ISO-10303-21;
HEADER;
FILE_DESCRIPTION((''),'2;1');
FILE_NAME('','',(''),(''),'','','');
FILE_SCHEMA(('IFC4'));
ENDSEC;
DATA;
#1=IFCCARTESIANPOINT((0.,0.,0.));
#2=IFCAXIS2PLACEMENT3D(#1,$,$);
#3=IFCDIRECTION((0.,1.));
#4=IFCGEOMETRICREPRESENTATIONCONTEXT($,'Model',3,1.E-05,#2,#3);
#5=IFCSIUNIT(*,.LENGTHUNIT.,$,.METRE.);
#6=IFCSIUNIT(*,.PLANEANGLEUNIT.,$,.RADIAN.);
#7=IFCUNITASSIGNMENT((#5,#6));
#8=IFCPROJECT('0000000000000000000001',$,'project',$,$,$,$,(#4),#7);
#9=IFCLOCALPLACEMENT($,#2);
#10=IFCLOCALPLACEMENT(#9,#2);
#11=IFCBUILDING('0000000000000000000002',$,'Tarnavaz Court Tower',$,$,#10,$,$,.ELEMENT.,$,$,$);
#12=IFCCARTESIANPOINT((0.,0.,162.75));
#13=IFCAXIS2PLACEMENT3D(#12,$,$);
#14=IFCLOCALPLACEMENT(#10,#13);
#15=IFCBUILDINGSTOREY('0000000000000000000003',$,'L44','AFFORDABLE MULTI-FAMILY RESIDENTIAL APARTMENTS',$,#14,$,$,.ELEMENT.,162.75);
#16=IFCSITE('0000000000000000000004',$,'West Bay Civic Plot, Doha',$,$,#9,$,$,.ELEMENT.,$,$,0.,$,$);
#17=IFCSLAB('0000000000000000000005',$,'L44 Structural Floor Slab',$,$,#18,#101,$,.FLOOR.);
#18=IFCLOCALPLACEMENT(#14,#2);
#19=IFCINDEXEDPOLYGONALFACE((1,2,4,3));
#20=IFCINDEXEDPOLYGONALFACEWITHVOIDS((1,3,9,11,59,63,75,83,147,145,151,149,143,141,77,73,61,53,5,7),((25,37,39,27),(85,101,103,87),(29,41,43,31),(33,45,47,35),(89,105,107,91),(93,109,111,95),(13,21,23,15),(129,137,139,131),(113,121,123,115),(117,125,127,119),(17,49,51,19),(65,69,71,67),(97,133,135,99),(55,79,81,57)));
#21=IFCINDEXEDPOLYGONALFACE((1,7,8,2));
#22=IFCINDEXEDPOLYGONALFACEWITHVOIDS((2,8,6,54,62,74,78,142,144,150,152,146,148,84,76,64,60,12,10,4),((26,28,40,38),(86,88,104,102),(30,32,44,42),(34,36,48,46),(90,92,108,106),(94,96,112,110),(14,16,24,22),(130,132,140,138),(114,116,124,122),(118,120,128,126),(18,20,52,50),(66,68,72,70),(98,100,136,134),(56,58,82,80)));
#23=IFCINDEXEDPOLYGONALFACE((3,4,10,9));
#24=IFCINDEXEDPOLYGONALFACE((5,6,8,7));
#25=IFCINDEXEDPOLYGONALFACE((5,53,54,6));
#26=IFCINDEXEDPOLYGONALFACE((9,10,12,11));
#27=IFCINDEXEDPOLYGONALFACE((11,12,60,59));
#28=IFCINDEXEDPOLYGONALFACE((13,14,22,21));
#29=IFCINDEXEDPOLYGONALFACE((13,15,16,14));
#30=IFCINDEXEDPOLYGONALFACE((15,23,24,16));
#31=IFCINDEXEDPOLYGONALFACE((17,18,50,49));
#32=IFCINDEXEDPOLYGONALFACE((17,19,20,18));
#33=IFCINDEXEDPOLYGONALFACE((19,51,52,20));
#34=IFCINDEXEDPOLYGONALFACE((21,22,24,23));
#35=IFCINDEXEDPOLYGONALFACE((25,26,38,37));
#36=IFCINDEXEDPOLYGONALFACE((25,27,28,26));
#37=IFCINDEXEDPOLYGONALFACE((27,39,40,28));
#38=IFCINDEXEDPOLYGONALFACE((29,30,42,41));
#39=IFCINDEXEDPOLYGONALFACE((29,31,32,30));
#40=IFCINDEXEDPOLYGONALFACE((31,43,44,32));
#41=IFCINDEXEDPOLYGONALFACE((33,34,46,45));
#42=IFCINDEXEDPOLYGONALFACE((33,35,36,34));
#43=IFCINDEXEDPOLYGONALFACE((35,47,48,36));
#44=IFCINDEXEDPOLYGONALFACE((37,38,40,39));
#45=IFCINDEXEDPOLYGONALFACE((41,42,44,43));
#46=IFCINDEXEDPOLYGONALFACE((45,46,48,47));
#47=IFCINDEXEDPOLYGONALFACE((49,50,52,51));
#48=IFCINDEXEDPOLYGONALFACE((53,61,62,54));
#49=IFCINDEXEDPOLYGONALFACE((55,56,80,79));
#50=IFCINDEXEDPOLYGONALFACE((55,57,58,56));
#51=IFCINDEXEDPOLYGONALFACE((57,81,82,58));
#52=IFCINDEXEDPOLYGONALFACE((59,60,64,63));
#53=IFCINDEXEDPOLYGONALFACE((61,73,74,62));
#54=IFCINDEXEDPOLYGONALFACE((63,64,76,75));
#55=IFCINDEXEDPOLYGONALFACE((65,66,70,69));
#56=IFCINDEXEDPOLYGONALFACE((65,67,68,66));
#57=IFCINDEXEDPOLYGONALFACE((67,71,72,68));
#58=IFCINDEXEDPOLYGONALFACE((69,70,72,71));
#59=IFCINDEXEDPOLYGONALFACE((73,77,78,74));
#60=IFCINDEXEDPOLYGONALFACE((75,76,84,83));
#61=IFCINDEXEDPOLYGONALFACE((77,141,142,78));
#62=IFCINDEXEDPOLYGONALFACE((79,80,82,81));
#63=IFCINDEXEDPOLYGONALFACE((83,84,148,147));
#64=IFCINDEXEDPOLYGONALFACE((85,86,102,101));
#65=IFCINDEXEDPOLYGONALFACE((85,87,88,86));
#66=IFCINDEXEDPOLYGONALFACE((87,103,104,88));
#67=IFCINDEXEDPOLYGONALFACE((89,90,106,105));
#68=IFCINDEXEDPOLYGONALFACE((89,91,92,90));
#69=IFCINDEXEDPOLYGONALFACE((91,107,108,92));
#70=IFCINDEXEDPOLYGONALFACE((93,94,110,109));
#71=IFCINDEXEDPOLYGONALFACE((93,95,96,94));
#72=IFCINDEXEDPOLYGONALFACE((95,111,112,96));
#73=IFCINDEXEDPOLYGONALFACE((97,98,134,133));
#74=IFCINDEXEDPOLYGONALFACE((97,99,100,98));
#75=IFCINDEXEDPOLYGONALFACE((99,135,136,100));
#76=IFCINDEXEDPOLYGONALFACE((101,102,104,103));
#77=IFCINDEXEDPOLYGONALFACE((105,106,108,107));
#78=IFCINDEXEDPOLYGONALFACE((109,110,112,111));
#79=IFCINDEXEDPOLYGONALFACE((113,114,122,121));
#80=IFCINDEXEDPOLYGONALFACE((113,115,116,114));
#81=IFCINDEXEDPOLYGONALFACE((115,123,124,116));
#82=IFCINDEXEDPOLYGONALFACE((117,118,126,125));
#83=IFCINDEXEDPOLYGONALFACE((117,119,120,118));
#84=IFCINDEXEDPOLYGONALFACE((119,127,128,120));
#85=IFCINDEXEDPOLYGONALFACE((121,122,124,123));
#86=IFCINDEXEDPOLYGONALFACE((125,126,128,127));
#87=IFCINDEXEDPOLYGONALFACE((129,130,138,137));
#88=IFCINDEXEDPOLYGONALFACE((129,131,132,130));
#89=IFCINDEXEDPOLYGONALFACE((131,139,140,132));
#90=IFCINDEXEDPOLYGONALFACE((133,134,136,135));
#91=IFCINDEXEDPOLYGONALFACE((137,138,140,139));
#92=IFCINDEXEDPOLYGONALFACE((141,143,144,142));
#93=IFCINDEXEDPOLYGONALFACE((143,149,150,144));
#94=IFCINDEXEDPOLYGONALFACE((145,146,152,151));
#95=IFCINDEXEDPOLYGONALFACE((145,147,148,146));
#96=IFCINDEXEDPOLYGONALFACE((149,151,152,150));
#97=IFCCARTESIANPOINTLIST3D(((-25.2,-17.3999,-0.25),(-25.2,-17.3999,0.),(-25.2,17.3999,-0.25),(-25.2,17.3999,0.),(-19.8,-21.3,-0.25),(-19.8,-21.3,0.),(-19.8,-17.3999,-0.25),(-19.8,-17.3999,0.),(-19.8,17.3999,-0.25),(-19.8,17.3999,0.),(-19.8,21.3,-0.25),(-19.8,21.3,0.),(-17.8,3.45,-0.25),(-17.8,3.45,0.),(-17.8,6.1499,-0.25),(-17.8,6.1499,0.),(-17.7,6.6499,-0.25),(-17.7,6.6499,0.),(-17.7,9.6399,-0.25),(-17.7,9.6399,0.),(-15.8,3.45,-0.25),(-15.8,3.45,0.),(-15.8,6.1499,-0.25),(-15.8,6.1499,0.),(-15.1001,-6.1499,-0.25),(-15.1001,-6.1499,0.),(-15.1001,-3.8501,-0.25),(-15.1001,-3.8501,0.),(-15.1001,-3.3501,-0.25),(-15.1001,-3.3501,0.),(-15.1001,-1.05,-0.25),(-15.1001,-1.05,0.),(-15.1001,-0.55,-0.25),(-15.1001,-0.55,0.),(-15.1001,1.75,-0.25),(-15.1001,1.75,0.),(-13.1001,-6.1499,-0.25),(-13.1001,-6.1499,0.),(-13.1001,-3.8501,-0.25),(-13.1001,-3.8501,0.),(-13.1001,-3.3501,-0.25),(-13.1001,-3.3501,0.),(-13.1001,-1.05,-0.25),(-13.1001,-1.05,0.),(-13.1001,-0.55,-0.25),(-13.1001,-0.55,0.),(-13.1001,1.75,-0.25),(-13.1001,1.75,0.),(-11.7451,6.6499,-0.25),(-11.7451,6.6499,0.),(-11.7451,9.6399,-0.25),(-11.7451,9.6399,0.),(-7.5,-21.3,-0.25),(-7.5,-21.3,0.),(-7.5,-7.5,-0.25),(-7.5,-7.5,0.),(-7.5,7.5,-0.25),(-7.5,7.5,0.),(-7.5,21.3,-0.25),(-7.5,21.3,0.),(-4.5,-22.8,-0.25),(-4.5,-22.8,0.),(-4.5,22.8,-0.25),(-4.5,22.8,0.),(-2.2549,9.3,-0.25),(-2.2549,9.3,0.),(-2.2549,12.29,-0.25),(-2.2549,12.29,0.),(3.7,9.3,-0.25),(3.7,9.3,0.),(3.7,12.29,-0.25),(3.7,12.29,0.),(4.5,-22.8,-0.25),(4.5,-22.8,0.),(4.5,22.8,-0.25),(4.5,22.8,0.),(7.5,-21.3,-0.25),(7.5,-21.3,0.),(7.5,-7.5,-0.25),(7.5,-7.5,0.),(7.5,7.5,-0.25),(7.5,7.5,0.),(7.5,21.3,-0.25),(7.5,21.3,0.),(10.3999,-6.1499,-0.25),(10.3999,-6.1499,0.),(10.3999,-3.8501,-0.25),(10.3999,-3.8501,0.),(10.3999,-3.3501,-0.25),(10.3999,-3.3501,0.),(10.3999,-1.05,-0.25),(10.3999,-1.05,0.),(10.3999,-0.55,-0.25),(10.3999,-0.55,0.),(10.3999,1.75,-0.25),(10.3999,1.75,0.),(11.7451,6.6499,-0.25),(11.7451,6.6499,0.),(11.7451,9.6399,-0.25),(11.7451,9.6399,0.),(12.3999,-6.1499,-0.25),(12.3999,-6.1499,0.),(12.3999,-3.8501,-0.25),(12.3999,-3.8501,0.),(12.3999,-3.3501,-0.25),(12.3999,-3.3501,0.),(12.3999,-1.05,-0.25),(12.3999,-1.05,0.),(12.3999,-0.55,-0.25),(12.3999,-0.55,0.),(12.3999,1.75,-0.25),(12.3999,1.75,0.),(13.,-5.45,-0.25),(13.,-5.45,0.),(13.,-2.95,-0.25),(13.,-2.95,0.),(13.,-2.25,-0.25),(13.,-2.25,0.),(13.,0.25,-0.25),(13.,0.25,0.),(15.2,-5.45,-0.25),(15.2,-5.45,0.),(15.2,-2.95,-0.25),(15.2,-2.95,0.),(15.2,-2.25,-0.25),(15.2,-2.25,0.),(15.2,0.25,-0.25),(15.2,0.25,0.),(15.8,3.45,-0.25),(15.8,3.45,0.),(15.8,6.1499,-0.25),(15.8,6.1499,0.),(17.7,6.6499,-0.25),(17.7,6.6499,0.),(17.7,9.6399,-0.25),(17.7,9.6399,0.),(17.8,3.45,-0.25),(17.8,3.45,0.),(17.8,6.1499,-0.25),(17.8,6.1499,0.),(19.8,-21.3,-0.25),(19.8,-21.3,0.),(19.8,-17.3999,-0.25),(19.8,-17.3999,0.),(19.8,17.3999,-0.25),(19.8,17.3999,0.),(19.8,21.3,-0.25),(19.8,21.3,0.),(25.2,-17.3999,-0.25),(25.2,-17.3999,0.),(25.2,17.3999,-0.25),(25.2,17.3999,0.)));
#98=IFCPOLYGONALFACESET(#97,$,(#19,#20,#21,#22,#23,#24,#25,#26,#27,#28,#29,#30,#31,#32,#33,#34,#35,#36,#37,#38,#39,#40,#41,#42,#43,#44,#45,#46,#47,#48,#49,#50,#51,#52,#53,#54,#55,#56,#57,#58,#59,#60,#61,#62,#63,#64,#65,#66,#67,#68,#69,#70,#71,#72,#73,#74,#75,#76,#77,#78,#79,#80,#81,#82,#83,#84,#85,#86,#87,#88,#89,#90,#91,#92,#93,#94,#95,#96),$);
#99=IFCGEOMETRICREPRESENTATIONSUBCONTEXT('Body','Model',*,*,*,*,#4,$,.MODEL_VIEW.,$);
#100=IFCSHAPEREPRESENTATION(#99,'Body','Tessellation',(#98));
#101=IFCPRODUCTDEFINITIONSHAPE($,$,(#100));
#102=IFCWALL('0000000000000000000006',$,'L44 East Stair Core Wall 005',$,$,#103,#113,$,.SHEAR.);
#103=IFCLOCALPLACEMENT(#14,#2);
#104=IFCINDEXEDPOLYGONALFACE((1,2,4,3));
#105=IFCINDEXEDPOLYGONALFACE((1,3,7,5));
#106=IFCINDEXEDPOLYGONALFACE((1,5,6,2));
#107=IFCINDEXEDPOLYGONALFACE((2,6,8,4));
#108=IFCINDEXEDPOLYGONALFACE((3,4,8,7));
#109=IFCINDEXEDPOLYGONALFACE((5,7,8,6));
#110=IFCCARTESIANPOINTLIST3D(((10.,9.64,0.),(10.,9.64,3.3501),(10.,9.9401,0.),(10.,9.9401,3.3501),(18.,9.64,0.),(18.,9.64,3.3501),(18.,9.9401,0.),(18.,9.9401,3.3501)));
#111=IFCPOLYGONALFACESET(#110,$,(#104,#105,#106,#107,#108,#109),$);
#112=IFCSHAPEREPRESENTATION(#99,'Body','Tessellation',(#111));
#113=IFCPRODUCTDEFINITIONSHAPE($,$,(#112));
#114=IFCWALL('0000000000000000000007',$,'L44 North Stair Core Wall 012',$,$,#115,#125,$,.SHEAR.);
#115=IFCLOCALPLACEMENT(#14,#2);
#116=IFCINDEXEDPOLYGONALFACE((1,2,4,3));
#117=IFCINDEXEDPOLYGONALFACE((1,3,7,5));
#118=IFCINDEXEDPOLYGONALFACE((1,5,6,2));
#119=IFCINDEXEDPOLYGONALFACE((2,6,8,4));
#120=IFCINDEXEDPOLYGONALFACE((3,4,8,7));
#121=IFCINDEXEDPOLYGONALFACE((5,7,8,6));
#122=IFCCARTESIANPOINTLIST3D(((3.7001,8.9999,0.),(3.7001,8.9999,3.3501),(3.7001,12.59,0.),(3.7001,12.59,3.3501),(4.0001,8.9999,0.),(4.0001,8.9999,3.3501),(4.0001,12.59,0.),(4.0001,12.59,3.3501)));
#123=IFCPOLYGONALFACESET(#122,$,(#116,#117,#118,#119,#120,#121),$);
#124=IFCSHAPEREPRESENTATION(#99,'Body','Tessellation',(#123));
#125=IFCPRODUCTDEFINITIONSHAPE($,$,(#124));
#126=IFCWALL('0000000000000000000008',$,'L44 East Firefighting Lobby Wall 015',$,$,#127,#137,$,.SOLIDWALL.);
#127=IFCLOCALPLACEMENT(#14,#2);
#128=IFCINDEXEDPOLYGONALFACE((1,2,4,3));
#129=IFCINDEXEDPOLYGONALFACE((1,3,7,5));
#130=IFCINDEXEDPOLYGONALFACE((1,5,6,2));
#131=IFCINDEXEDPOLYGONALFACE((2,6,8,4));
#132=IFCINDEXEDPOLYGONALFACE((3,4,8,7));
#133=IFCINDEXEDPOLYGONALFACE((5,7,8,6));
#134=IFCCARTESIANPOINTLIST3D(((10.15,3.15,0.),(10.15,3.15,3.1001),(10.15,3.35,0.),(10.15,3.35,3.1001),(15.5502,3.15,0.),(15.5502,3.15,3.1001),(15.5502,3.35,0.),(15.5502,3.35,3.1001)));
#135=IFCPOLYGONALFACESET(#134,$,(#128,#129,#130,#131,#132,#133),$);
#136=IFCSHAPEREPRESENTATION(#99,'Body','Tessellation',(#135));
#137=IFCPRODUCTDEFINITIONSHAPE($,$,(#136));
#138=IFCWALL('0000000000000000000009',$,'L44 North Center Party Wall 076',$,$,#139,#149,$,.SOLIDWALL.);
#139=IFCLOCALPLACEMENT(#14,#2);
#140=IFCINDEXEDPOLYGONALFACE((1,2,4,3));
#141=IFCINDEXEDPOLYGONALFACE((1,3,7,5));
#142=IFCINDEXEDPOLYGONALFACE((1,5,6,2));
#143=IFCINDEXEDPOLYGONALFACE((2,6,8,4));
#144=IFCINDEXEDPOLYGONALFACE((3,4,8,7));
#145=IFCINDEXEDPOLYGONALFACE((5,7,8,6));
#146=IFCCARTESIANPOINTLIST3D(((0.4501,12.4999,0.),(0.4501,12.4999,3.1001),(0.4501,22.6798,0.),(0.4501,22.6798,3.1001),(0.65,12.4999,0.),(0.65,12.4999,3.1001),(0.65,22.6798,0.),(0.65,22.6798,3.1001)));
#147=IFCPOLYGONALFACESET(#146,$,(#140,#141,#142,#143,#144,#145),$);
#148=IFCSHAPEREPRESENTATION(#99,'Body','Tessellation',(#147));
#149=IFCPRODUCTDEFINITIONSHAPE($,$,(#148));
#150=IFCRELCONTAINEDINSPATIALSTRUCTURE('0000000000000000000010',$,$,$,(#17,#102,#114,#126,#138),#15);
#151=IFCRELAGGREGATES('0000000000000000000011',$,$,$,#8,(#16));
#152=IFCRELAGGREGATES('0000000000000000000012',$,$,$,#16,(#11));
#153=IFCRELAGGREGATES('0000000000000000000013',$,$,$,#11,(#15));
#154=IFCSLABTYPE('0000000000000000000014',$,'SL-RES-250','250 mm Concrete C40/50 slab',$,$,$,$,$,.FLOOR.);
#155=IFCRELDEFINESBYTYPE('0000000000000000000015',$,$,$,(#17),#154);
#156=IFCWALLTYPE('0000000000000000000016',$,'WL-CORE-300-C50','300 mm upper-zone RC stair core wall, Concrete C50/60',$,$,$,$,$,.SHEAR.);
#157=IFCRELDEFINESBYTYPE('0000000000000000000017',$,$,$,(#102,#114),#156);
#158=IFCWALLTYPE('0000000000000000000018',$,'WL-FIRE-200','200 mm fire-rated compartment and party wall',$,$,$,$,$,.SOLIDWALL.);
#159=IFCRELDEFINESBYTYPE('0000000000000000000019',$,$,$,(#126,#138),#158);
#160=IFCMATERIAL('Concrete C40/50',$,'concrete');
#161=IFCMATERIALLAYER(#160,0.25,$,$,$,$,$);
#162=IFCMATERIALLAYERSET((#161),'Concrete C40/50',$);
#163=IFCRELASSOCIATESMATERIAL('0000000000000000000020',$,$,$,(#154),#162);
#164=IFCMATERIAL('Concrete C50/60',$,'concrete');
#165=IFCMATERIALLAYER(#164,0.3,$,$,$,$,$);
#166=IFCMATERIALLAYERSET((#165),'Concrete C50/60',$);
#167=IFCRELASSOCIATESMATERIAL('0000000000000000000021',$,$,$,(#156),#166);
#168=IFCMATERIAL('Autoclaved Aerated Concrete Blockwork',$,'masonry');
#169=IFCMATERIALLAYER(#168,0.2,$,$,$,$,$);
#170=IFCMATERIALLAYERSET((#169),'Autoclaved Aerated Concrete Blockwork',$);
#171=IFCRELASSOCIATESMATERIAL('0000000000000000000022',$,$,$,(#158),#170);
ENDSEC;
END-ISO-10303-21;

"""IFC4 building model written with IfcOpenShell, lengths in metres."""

from ifc_helpers import new_model, si_unit, direction, frame, frame_2d, origin, place, context, subcontext, project, spatial, polyline, rectangle, outline, extrude, material, layer, layer_set, type_object, element, save


model = new_model("IFC4")

# Units and contexts
model_context = context("Model", 3, precision=1e-05, world=origin(), true_north=direction((0.0, 1.0)))
body_context = subcontext(model_context, "Body", "Model", "MODEL_VIEW")
ifc_project = project(units=[si_unit("LENGTHUNIT", "METRE"), si_unit("PLANEANGLEUNIT", "RADIAN")], contexts=[model_context])

# Site, building, storey
site_placement = place(None, origin())
site = spatial("IfcSite", under=ifc_project, at=site_placement, Name="West Bay Civic Plot, Doha", CompositionType="ELEMENT", RefElevation=0.0)
building_placement = place(site_placement, origin())
building = spatial("IfcBuilding", under=site, at=building_placement, Name="Tarnavaz Court Tower", CompositionType="ELEMENT")
storey_placement = place(building_placement, frame((0.0, 0.0, 162.75)))
storey = spatial("IfcBuildingStorey", under=building, at=storey_placement, Name="L44", Description="AFFORDABLE MULTI-FAMILY RESIDENTIAL APARTMENTS", CompositionType="ELEMENT", Elevation=162.75)

# Shared definitions
ifc_material_1 = material(Name="Concrete C40/50", Category="concrete")

# Slab
ifc_layer_1 = layer(ifc_material_1, 0.25)
ifc_layer_set_1 = layer_set([ifc_layer_1], Name="Concrete C40/50")
slab_type_1 = type_object("IfcSlabType", Name="SL-RES-250", Description="250 mm Concrete C40/50 slab", PredefinedType="FLOOR", material=ifc_layer_set_1)
slab_1_placement = place(storey_placement, frame((0.0, 0.0, -0.25)))
element("IfcSlab", 1, at=slab_1_placement, inside=storey, type_object=slab_type_1, Name="L44 Structural Floor Slab", PredefinedType="FLOOR", context=body_context, shape_type="SweptSolid", body=[
    extrude(outline(polyline([(-19.8, -21.3), (-7.5, -21.3), (-4.5, -22.8), (4.5, -22.8), (7.5, -21.3), (19.8, -21.3), (19.8, -17.3999), (25.2, -17.3999), (25.2, 17.3999), (19.8, 17.3999), (19.8, 21.3), (7.5, 21.3), (4.5, 22.8), (-4.5, 22.8), (-7.5, 21.3), (-19.8, 21.3), (-19.8, 17.3999), (-25.2, 17.3999), (-25.2, -17.3999), (-19.8, -17.3999), (-19.8, -21.3)]), holes=[polyline([(-7.5, -7.5), (7.5, -7.5), (7.5, 7.5), (-7.5, 7.5), (-7.5, -7.5)]), polyline([(-11.7451, 9.6399), (-17.7, 9.6399), (-17.7, 6.6499), (-11.7451, 6.6499), (-11.7451, 9.6399)]), polyline([(11.7451, 6.6499), (17.7, 6.6499), (17.7, 9.6399), (11.7451, 9.6399), (11.7451, 6.6499)]), polyline([(-2.2549, 9.3), (3.7, 9.3), (3.7, 12.29), (-2.2549, 12.29), (-2.2549, 9.3)]), polyline([(-17.8, 3.45), (-15.8, 3.45), (-15.8, 6.1499), (-17.8, 6.1499), (-17.8, 3.45)]), polyline([(-15.1001, -6.1499), (-13.1001, -6.1499), (-13.1001, -3.8501), (-15.1001, -3.8501), (-15.1001, -6.1499)]), polyline([(-15.1001, -3.3501), (-13.1001, -3.3501), (-13.1001, -1.05), (-15.1001, -1.05), (-15.1001, -3.3501)]), polyline([(-15.1001, -0.55), (-13.1001, -0.55), (-13.1001, 1.75), (-15.1001, 1.75), (-15.1001, -0.55)]), polyline([(15.8, 3.45), (17.8, 3.45), (17.8, 6.1499), (15.8, 6.1499), (15.8, 3.45)]), polyline([(10.3999, -6.1499), (12.3999, -6.1499), (12.3999, -3.8501), (10.3999, -3.8501), (10.3999, -6.1499)]), polyline([(10.3999, -3.3501), (12.3999, -3.3501), (12.3999, -1.05), (10.3999, -1.05), (10.3999, -3.3501)]), polyline([(10.3999, -0.55), (12.3999, -0.55), (12.3999, 1.75), (10.3999, 1.75), (10.3999, -0.55)]), polyline([(13.0, -5.45), (15.2, -5.45), (15.2, -2.95), (13.0, -2.95), (13.0, -5.45)]), polyline([(13.0, -2.25), (15.2, -2.25), (15.2, 0.25), (13.0, 0.25), (13.0, -2.25)])]), origin(), (0.0, 0.0, 1.0), 0.25),
])

# Wall
ifc_material_2 = material(Name="Concrete C50/60", Category="concrete")
ifc_layer_2 = layer(ifc_material_2, 0.3)
ifc_layer_set_2 = layer_set([ifc_layer_2], Name="Concrete C50/60")
wall_type_1 = type_object("IfcWallType", Name="WL-CORE-300-C50", Description="300 mm upper-zone RC stair core wall, Concrete C50/60", PredefinedType="SHEAR", material=ifc_layer_set_2)
wall_1_placement = place(storey_placement, frame((10.0, 9.79, 0.0), z_axis=(0.0, 0.0, 1.0), x_axis=(1.0, 0.0, 0.0)))
element("IfcWall", 2, at=wall_1_placement, inside=storey, type_object=wall_type_1, Name="L44 East Stair Core Wall 005", PredefinedType="SHEAR", context=body_context, shape_type="SweptSolid", body=[
    extrude(rectangle(XDim=8.0, YDim=0.3, at=frame_2d((4.0, 0.0))), origin(), (0.0, 0.0, 1.0), 3.3501),
])

# Walls
wall_2_placement = place(storey_placement, frame((3.8501, 9.0, 0.0), z_axis=(0.0, 0.0, 1.0), x_axis=(0.0, 1.0, 0.0)))
element("IfcWall", 3, at=wall_2_placement, inside=storey, type_object=wall_type_1, Name="L44 North Stair Core Wall 012", PredefinedType="SHEAR", context=body_context, shape_type="SweptSolid", body=[
    extrude(rectangle(XDim=3.5901, YDim=0.3, at=frame_2d((1.7949, 0.0))), origin(), (0.0, 0.0, 1.0), 3.3501),
])
ifc_material_3 = material(Name="Autoclaved Aerated Concrete Blockwork", Category="masonry")
ifc_layer_3 = layer(ifc_material_3, 0.2)
ifc_layer_set_3 = layer_set([ifc_layer_3], Name="Autoclaved Aerated Concrete Blockwork")
wall_type_2 = type_object("IfcWallType", Name="WL-FIRE-200", Description="200 mm fire-rated compartment and party wall", PredefinedType="SOLIDWALL", material=ifc_layer_set_3)
wall_3_placement = place(storey_placement, frame((10.1499, 3.25, 0.0), z_axis=(0.0, 0.0, 1.0), x_axis=(1.0, 0.0, 0.0)))
element("IfcWall", 4, at=wall_3_placement, inside=storey, type_object=wall_type_2, Name="L44 East Firefighting Lobby Wall 015", PredefinedType="SOLIDWALL", context=body_context, shape_type="SweptSolid", body=[
    extrude(rectangle(XDim=5.4001, YDim=0.2, at=frame_2d((2.7002, 0.0))), origin(), (0.0, 0.0, 1.0), 3.1001),
])
wall_4_placement = place(storey_placement, frame((0.55, 12.5, 0.0), z_axis=(0.0, 0.0, 1.0), x_axis=(0.0, 1.0, 0.0)))
element("IfcWall", 5, at=wall_4_placement, inside=storey, type_object=wall_type_2, Name="L44 North Center Party Wall 076", PredefinedType="SOLIDWALL", context=body_context, shape_type="SweptSolid", body=[
    extrude(rectangle(XDim=10.1799, YDim=0.2, at=frame_2d((5.0898, 0.0))), origin(), (0.0, 0.0, 1.0), 3.1001),
])

save(model, "model.ifc")
